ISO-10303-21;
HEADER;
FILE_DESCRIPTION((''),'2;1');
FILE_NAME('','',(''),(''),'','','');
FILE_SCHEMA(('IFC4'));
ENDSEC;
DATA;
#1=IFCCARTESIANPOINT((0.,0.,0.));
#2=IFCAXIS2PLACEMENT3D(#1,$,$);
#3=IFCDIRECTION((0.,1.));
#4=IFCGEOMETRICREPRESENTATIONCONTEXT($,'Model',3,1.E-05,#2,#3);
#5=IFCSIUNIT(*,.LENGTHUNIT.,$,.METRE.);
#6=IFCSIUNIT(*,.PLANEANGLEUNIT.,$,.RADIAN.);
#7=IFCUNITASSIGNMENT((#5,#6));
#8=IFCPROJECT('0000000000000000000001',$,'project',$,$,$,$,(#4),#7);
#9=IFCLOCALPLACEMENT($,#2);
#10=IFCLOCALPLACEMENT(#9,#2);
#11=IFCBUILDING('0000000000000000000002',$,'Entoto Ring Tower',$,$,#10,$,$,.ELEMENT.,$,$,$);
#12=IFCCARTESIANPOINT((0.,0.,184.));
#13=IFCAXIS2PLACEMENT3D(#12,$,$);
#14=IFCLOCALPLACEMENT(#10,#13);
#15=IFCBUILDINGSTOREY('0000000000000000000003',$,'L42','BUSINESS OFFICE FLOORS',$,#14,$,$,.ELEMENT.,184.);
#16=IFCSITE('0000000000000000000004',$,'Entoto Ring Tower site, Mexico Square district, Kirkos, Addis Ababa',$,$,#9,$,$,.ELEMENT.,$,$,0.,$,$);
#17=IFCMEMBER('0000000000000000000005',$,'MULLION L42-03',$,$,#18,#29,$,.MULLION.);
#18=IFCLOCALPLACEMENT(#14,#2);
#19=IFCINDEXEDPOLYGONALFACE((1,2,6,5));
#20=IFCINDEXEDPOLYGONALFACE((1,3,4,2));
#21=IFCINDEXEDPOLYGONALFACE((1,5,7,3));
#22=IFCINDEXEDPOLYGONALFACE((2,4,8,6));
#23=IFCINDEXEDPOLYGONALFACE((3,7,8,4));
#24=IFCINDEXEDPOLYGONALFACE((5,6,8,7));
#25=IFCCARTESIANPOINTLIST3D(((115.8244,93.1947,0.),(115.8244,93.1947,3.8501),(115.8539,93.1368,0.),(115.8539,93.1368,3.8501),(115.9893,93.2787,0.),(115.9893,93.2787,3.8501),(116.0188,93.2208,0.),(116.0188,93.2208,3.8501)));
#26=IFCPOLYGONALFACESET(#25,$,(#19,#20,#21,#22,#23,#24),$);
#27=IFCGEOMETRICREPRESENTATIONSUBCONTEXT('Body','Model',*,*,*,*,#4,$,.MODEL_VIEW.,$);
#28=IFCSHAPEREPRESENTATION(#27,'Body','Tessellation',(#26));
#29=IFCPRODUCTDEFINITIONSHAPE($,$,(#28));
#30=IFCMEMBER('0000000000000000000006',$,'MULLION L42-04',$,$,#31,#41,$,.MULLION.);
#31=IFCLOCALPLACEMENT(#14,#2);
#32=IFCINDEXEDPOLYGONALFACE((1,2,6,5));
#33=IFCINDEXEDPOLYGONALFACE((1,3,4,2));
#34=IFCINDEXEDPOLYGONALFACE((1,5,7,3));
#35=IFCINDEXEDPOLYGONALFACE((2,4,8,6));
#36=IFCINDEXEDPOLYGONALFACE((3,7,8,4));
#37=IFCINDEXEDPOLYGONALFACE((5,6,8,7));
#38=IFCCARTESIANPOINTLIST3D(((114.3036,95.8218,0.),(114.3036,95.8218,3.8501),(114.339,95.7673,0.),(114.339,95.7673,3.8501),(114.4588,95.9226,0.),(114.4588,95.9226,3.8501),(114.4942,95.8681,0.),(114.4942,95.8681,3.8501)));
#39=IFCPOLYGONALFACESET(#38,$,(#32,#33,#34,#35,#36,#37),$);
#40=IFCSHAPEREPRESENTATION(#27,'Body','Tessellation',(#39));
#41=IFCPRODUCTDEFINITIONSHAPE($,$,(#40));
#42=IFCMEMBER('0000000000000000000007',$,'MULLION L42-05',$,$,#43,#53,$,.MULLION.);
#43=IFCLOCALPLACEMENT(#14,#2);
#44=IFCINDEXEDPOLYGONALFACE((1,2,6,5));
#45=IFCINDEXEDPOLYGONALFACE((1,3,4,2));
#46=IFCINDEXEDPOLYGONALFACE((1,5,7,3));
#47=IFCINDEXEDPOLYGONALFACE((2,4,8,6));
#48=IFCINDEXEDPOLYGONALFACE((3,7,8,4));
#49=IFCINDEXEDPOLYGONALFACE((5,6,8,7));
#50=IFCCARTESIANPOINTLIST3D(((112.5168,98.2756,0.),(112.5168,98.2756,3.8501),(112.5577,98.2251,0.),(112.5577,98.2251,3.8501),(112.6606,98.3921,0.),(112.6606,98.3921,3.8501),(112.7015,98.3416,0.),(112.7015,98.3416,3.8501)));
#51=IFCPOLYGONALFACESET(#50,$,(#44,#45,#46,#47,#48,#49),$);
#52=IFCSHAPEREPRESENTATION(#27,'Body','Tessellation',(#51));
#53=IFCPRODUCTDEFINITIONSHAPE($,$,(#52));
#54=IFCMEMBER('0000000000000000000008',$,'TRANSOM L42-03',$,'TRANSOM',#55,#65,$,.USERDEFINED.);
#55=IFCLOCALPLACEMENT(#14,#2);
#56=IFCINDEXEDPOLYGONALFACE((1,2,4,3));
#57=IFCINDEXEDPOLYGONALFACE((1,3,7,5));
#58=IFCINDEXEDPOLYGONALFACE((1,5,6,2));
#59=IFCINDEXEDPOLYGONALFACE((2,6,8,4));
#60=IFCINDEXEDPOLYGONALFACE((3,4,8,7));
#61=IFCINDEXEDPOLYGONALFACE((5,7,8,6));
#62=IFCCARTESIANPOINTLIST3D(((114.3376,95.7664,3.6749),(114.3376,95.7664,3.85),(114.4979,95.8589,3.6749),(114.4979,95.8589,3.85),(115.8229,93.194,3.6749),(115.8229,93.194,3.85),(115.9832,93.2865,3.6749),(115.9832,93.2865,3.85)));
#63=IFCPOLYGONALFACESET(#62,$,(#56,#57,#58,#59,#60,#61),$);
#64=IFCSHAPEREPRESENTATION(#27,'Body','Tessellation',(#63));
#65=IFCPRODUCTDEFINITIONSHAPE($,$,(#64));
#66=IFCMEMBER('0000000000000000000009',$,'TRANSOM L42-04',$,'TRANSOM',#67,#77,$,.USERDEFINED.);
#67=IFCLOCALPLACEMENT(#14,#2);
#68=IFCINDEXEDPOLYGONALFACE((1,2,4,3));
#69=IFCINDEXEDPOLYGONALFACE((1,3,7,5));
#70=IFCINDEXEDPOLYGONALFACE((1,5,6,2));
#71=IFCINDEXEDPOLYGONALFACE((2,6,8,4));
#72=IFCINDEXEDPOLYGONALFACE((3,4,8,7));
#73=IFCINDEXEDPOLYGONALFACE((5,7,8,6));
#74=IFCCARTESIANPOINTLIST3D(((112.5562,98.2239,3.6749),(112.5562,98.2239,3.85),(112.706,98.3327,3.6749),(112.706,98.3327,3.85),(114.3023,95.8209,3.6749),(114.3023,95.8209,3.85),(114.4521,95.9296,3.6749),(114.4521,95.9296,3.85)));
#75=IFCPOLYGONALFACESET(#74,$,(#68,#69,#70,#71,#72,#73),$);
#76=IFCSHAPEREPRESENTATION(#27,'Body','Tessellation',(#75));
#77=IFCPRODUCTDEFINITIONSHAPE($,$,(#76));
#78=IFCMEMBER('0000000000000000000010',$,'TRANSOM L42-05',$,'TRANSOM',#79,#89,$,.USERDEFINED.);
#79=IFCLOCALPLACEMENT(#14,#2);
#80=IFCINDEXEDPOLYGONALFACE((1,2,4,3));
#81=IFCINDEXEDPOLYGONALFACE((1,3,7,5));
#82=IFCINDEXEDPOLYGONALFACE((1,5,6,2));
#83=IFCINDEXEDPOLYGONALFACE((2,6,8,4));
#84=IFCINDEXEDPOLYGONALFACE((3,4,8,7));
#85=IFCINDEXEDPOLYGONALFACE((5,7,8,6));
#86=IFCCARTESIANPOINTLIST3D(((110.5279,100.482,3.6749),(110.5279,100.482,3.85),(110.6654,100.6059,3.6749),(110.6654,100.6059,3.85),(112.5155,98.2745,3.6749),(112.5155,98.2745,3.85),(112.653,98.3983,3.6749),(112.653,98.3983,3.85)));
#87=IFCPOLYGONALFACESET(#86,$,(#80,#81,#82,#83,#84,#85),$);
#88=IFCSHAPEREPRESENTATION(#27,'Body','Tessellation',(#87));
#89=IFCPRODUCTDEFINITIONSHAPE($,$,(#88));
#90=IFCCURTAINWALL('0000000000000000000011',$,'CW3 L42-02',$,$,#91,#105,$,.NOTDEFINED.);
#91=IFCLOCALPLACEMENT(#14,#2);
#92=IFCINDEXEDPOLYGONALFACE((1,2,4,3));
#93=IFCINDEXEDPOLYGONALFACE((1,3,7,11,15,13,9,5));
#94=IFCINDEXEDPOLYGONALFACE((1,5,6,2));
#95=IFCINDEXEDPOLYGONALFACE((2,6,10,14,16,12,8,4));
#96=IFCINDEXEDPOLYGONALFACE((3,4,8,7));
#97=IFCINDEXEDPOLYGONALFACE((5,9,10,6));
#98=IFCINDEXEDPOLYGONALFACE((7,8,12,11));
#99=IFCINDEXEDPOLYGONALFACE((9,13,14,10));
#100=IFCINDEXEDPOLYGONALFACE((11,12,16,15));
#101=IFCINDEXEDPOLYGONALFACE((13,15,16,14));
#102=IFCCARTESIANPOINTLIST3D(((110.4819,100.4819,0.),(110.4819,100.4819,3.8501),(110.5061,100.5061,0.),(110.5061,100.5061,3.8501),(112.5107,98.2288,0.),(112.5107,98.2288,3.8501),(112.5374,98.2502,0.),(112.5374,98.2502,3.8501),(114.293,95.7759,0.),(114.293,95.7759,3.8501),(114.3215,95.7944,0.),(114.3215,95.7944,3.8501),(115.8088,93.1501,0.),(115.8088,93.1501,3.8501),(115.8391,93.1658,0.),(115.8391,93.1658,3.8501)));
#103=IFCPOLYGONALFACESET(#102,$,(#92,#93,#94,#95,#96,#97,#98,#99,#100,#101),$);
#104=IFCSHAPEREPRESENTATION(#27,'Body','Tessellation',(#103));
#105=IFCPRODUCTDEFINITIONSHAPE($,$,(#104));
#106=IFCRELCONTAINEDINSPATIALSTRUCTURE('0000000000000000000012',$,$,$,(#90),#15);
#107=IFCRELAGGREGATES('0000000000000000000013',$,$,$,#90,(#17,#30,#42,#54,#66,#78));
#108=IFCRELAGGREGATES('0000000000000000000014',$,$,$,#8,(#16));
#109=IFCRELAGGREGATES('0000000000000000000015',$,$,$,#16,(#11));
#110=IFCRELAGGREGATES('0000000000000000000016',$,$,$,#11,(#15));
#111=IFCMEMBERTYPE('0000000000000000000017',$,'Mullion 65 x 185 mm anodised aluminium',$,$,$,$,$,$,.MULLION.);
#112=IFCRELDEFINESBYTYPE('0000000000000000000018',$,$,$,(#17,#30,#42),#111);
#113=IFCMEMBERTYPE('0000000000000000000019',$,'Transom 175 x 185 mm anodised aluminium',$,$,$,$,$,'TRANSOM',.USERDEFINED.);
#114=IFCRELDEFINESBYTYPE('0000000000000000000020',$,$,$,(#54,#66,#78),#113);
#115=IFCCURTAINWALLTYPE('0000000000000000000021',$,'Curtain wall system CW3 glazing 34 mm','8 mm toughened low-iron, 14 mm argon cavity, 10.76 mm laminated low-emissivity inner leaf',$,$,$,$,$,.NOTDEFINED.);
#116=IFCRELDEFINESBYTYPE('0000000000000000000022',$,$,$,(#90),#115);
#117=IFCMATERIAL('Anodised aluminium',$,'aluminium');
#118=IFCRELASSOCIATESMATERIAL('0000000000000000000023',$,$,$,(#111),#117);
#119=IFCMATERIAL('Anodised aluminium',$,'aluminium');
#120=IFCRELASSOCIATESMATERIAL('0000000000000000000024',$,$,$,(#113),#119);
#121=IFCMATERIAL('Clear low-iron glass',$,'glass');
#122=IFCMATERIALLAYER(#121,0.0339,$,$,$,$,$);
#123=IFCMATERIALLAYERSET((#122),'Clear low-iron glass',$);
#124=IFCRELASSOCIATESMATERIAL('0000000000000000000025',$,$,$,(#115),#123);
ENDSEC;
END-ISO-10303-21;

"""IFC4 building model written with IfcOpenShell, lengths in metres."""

from ifc_helpers import new_model, si_unit, direction, frame, origin, origin_2d, place, context, subcontext, project, spatial, polyline, rectangle, outline, extrude, material, layer, layer_set, material_profile, profile_set, type_object, element, aggregate, save


model = new_model("IFC4")

# Units and contexts
model_context = context("Model", 3, precision=1e-05, world=origin(), true_north=direction((0.0, 1.0)))
body_context = subcontext(model_context, "Body", "Model", "MODEL_VIEW")
ifc_project = project(units=[si_unit("LENGTHUNIT", "METRE"), si_unit("PLANEANGLEUNIT", "RADIAN")], contexts=[model_context])

# Members
ifc_material_1 = material(Name="Anodised aluminium", Category="aluminium")
ifc_material_profile_1 = material_profile(ifc_material_1, rectangle(XDim=0.0649, YDim=0.1851, at=origin_2d()), Name="Mullion 65 x 185 mm anodised aluminium")
ifc_profile_set_1 = profile_set([ifc_material_profile_1], Name="Anodised aluminium")
member_type_1 = type_object("IfcMemberType", Name="Mullion 65 x 185 mm anodised aluminium", PredefinedType="MULLION", material=ifc_profile_set_1)
site_placement = place(None, origin())
building_placement = place(site_placement, origin())
storey_placement = place(building_placement, frame((0.0, 0.0, 184.0)))
member_1_placement = place(storey_placement, frame((115.9216, 93.2078, 0.0), z_axis=(0.0, 0.0, 1.0), x_axis=(-0.45399, 0.891007, 0.0)))
member_1 = element("IfcMember", 1, at=member_1_placement, type_object=member_type_1, Name="MULLION L42-03", PredefinedType="MULLION", context=body_context, shape_type="SweptSolid", body=[
    extrude(rectangle(XDim=0.0649, YDim=0.1851, at=origin_2d()), origin(), (0.0, 0.0, 1.0), 3.8501),
])
member_2_placement = place(storey_placement, frame((114.3989, 95.845, 0.0), z_axis=(0.0, 0.0, 1.0), x_axis=(-0.544639, 0.838671, 0.0)))
member_2 = element("IfcMember", 2, at=member_2_placement, type_object=member_type_1, Name="MULLION L42-04", PredefinedType="MULLION", context=body_context, shape_type="SweptSolid", body=[
    extrude(rectangle(XDim=0.0649, YDim=0.1851, at=origin_2d()), origin(), (0.0, 0.0, 1.0), 3.8501),
])
member_3_placement = place(storey_placement, frame((112.6091, 98.3086, 0.0), z_axis=(0.0, 0.0, 1.0), x_axis=(-0.62932, 0.777146, 0.0)))
member_3 = element("IfcMember", 3, at=member_3_placement, type_object=member_type_1, Name="MULLION L42-05", PredefinedType="MULLION", context=body_context, shape_type="SweptSolid", body=[
    extrude(rectangle(XDim=0.0649, YDim=0.1851, at=origin_2d()), origin(), (0.0, 0.0, 1.0), 3.8501),
])
ifc_material_2 = material(Name="Anodised aluminium", Category="aluminium")
ifc_material_profile_2 = material_profile(ifc_material_2, rectangle(XDim=0.1851, YDim=0.175, at=origin_2d()), Name="Transom 175 x 185 mm anodised aluminium")
ifc_profile_set_2 = profile_set([ifc_material_profile_2], Name="Anodised aluminium")
member_type_2 = type_object("IfcMemberType", Name="Transom 175 x 185 mm anodised aluminium", ElementType="TRANSOM", PredefinedType="USERDEFINED", material=ifc_profile_set_2)
member_4_placement = place(storey_placement, frame((115.9031, 93.2402, 3.7625), z_axis=(-0.500028, 0.866009, 0.0), x_axis=(-0.866009, -0.500028, 0.0)))
member_4 = element("IfcMember", 4, at=member_4_placement, type_object=member_type_2, Name="TRANSOM L42-03", ObjectType="TRANSOM", PredefinedType="USERDEFINED", context=body_context, shape_type="SweptSolid", body=[
    extrude(rectangle(XDim=0.1851, YDim=0.175, at=origin_2d()), origin(), (0.0, 0.0, 1.0), 2.9705),
])
member_5_placement = place(storey_placement, frame((114.3772, 95.8752, 3.7625), z_axis=(-0.58782, 0.808992, 0.0), x_axis=(-0.808992, -0.58782, 0.0)))
member_5 = element("IfcMember", 5, at=member_5_placement, type_object=member_type_2, Name="TRANSOM L42-04", ObjectType="TRANSOM", PredefinedType="USERDEFINED", context=body_context, shape_type="SweptSolid", body=[
    extrude(rectangle(XDim=0.1851, YDim=0.175, at=origin_2d()), origin(), (0.0, 0.0, 1.0), 2.9705),
])
member_6_placement = place(storey_placement, frame((112.5842, 98.3364, 3.7625), z_axis=(-0.66911, 0.743163, 0.0), x_axis=(-0.743163, -0.66911, 0.0)))
member_6 = element("IfcMember", 6, at=member_6_placement, type_object=member_type_2, Name="TRANSOM L42-05", ObjectType="TRANSOM", PredefinedType="USERDEFINED", context=body_context, shape_type="SweptSolid", body=[
    extrude(rectangle(XDim=0.1851, YDim=0.175, at=origin_2d()), origin(), (0.0, 0.0, 1.0), 2.9705),
])

# Site, building, storey
site = spatial("IfcSite", under=ifc_project, at=site_placement, Name="Entoto Ring Tower site, Mexico Square district, Kirkos, Addis Ababa", CompositionType="ELEMENT", RefElevation=0.0)
building = spatial("IfcBuilding", under=site, at=building_placement, Name="Entoto Ring Tower", CompositionType="ELEMENT")
storey = spatial("IfcBuildingStorey", under=building, at=storey_placement, Name="L42", Description="BUSINESS OFFICE FLOORS", CompositionType="ELEMENT", Elevation=184.0)

# Curtain wall
ifc_material_3 = material(Name="Clear low-iron glass", Category="glass")
ifc_layer_1 = layer(ifc_material_3, 0.0339)
ifc_layer_set_1 = layer_set([ifc_layer_1], Name="Clear low-iron glass")
curtain_wall_type = type_object("IfcCurtainWallType", Name="Curtain wall system CW3 glazing 34 mm", Description="8 mm toughened low-iron, 14 mm argon cavity, 10.76 mm laminated low-emissivity inner leaf", PredefinedType="NOTDEFINED", material=ifc_layer_set_1)
curtain_wall_1_placement = place(storey_placement, origin())
curtain_wall_1 = element("IfcCurtainWall", 7, at=curtain_wall_1_placement, inside=storey, type_object=curtain_wall_type, Name="CW3 L42-02", PredefinedType="NOTDEFINED", context=body_context, shape_type="SweptSolid", body=[
    extrude(outline(polyline([(115.8391, 93.1658), (114.3215, 95.7944), (112.5374, 98.2502), (110.5061, 100.5061), (110.4819, 100.4819), (112.5107, 98.2288), (114.293, 95.7759), (115.8088, 93.1501), (115.8391, 93.1658)])), origin(), (0.0, 0.0, 1.0), 3.8501),
])
aggregate(curtain_wall_1, [member_1, member_2, member_3, member_4, member_5, member_6])

save(model, "model.ifc")
